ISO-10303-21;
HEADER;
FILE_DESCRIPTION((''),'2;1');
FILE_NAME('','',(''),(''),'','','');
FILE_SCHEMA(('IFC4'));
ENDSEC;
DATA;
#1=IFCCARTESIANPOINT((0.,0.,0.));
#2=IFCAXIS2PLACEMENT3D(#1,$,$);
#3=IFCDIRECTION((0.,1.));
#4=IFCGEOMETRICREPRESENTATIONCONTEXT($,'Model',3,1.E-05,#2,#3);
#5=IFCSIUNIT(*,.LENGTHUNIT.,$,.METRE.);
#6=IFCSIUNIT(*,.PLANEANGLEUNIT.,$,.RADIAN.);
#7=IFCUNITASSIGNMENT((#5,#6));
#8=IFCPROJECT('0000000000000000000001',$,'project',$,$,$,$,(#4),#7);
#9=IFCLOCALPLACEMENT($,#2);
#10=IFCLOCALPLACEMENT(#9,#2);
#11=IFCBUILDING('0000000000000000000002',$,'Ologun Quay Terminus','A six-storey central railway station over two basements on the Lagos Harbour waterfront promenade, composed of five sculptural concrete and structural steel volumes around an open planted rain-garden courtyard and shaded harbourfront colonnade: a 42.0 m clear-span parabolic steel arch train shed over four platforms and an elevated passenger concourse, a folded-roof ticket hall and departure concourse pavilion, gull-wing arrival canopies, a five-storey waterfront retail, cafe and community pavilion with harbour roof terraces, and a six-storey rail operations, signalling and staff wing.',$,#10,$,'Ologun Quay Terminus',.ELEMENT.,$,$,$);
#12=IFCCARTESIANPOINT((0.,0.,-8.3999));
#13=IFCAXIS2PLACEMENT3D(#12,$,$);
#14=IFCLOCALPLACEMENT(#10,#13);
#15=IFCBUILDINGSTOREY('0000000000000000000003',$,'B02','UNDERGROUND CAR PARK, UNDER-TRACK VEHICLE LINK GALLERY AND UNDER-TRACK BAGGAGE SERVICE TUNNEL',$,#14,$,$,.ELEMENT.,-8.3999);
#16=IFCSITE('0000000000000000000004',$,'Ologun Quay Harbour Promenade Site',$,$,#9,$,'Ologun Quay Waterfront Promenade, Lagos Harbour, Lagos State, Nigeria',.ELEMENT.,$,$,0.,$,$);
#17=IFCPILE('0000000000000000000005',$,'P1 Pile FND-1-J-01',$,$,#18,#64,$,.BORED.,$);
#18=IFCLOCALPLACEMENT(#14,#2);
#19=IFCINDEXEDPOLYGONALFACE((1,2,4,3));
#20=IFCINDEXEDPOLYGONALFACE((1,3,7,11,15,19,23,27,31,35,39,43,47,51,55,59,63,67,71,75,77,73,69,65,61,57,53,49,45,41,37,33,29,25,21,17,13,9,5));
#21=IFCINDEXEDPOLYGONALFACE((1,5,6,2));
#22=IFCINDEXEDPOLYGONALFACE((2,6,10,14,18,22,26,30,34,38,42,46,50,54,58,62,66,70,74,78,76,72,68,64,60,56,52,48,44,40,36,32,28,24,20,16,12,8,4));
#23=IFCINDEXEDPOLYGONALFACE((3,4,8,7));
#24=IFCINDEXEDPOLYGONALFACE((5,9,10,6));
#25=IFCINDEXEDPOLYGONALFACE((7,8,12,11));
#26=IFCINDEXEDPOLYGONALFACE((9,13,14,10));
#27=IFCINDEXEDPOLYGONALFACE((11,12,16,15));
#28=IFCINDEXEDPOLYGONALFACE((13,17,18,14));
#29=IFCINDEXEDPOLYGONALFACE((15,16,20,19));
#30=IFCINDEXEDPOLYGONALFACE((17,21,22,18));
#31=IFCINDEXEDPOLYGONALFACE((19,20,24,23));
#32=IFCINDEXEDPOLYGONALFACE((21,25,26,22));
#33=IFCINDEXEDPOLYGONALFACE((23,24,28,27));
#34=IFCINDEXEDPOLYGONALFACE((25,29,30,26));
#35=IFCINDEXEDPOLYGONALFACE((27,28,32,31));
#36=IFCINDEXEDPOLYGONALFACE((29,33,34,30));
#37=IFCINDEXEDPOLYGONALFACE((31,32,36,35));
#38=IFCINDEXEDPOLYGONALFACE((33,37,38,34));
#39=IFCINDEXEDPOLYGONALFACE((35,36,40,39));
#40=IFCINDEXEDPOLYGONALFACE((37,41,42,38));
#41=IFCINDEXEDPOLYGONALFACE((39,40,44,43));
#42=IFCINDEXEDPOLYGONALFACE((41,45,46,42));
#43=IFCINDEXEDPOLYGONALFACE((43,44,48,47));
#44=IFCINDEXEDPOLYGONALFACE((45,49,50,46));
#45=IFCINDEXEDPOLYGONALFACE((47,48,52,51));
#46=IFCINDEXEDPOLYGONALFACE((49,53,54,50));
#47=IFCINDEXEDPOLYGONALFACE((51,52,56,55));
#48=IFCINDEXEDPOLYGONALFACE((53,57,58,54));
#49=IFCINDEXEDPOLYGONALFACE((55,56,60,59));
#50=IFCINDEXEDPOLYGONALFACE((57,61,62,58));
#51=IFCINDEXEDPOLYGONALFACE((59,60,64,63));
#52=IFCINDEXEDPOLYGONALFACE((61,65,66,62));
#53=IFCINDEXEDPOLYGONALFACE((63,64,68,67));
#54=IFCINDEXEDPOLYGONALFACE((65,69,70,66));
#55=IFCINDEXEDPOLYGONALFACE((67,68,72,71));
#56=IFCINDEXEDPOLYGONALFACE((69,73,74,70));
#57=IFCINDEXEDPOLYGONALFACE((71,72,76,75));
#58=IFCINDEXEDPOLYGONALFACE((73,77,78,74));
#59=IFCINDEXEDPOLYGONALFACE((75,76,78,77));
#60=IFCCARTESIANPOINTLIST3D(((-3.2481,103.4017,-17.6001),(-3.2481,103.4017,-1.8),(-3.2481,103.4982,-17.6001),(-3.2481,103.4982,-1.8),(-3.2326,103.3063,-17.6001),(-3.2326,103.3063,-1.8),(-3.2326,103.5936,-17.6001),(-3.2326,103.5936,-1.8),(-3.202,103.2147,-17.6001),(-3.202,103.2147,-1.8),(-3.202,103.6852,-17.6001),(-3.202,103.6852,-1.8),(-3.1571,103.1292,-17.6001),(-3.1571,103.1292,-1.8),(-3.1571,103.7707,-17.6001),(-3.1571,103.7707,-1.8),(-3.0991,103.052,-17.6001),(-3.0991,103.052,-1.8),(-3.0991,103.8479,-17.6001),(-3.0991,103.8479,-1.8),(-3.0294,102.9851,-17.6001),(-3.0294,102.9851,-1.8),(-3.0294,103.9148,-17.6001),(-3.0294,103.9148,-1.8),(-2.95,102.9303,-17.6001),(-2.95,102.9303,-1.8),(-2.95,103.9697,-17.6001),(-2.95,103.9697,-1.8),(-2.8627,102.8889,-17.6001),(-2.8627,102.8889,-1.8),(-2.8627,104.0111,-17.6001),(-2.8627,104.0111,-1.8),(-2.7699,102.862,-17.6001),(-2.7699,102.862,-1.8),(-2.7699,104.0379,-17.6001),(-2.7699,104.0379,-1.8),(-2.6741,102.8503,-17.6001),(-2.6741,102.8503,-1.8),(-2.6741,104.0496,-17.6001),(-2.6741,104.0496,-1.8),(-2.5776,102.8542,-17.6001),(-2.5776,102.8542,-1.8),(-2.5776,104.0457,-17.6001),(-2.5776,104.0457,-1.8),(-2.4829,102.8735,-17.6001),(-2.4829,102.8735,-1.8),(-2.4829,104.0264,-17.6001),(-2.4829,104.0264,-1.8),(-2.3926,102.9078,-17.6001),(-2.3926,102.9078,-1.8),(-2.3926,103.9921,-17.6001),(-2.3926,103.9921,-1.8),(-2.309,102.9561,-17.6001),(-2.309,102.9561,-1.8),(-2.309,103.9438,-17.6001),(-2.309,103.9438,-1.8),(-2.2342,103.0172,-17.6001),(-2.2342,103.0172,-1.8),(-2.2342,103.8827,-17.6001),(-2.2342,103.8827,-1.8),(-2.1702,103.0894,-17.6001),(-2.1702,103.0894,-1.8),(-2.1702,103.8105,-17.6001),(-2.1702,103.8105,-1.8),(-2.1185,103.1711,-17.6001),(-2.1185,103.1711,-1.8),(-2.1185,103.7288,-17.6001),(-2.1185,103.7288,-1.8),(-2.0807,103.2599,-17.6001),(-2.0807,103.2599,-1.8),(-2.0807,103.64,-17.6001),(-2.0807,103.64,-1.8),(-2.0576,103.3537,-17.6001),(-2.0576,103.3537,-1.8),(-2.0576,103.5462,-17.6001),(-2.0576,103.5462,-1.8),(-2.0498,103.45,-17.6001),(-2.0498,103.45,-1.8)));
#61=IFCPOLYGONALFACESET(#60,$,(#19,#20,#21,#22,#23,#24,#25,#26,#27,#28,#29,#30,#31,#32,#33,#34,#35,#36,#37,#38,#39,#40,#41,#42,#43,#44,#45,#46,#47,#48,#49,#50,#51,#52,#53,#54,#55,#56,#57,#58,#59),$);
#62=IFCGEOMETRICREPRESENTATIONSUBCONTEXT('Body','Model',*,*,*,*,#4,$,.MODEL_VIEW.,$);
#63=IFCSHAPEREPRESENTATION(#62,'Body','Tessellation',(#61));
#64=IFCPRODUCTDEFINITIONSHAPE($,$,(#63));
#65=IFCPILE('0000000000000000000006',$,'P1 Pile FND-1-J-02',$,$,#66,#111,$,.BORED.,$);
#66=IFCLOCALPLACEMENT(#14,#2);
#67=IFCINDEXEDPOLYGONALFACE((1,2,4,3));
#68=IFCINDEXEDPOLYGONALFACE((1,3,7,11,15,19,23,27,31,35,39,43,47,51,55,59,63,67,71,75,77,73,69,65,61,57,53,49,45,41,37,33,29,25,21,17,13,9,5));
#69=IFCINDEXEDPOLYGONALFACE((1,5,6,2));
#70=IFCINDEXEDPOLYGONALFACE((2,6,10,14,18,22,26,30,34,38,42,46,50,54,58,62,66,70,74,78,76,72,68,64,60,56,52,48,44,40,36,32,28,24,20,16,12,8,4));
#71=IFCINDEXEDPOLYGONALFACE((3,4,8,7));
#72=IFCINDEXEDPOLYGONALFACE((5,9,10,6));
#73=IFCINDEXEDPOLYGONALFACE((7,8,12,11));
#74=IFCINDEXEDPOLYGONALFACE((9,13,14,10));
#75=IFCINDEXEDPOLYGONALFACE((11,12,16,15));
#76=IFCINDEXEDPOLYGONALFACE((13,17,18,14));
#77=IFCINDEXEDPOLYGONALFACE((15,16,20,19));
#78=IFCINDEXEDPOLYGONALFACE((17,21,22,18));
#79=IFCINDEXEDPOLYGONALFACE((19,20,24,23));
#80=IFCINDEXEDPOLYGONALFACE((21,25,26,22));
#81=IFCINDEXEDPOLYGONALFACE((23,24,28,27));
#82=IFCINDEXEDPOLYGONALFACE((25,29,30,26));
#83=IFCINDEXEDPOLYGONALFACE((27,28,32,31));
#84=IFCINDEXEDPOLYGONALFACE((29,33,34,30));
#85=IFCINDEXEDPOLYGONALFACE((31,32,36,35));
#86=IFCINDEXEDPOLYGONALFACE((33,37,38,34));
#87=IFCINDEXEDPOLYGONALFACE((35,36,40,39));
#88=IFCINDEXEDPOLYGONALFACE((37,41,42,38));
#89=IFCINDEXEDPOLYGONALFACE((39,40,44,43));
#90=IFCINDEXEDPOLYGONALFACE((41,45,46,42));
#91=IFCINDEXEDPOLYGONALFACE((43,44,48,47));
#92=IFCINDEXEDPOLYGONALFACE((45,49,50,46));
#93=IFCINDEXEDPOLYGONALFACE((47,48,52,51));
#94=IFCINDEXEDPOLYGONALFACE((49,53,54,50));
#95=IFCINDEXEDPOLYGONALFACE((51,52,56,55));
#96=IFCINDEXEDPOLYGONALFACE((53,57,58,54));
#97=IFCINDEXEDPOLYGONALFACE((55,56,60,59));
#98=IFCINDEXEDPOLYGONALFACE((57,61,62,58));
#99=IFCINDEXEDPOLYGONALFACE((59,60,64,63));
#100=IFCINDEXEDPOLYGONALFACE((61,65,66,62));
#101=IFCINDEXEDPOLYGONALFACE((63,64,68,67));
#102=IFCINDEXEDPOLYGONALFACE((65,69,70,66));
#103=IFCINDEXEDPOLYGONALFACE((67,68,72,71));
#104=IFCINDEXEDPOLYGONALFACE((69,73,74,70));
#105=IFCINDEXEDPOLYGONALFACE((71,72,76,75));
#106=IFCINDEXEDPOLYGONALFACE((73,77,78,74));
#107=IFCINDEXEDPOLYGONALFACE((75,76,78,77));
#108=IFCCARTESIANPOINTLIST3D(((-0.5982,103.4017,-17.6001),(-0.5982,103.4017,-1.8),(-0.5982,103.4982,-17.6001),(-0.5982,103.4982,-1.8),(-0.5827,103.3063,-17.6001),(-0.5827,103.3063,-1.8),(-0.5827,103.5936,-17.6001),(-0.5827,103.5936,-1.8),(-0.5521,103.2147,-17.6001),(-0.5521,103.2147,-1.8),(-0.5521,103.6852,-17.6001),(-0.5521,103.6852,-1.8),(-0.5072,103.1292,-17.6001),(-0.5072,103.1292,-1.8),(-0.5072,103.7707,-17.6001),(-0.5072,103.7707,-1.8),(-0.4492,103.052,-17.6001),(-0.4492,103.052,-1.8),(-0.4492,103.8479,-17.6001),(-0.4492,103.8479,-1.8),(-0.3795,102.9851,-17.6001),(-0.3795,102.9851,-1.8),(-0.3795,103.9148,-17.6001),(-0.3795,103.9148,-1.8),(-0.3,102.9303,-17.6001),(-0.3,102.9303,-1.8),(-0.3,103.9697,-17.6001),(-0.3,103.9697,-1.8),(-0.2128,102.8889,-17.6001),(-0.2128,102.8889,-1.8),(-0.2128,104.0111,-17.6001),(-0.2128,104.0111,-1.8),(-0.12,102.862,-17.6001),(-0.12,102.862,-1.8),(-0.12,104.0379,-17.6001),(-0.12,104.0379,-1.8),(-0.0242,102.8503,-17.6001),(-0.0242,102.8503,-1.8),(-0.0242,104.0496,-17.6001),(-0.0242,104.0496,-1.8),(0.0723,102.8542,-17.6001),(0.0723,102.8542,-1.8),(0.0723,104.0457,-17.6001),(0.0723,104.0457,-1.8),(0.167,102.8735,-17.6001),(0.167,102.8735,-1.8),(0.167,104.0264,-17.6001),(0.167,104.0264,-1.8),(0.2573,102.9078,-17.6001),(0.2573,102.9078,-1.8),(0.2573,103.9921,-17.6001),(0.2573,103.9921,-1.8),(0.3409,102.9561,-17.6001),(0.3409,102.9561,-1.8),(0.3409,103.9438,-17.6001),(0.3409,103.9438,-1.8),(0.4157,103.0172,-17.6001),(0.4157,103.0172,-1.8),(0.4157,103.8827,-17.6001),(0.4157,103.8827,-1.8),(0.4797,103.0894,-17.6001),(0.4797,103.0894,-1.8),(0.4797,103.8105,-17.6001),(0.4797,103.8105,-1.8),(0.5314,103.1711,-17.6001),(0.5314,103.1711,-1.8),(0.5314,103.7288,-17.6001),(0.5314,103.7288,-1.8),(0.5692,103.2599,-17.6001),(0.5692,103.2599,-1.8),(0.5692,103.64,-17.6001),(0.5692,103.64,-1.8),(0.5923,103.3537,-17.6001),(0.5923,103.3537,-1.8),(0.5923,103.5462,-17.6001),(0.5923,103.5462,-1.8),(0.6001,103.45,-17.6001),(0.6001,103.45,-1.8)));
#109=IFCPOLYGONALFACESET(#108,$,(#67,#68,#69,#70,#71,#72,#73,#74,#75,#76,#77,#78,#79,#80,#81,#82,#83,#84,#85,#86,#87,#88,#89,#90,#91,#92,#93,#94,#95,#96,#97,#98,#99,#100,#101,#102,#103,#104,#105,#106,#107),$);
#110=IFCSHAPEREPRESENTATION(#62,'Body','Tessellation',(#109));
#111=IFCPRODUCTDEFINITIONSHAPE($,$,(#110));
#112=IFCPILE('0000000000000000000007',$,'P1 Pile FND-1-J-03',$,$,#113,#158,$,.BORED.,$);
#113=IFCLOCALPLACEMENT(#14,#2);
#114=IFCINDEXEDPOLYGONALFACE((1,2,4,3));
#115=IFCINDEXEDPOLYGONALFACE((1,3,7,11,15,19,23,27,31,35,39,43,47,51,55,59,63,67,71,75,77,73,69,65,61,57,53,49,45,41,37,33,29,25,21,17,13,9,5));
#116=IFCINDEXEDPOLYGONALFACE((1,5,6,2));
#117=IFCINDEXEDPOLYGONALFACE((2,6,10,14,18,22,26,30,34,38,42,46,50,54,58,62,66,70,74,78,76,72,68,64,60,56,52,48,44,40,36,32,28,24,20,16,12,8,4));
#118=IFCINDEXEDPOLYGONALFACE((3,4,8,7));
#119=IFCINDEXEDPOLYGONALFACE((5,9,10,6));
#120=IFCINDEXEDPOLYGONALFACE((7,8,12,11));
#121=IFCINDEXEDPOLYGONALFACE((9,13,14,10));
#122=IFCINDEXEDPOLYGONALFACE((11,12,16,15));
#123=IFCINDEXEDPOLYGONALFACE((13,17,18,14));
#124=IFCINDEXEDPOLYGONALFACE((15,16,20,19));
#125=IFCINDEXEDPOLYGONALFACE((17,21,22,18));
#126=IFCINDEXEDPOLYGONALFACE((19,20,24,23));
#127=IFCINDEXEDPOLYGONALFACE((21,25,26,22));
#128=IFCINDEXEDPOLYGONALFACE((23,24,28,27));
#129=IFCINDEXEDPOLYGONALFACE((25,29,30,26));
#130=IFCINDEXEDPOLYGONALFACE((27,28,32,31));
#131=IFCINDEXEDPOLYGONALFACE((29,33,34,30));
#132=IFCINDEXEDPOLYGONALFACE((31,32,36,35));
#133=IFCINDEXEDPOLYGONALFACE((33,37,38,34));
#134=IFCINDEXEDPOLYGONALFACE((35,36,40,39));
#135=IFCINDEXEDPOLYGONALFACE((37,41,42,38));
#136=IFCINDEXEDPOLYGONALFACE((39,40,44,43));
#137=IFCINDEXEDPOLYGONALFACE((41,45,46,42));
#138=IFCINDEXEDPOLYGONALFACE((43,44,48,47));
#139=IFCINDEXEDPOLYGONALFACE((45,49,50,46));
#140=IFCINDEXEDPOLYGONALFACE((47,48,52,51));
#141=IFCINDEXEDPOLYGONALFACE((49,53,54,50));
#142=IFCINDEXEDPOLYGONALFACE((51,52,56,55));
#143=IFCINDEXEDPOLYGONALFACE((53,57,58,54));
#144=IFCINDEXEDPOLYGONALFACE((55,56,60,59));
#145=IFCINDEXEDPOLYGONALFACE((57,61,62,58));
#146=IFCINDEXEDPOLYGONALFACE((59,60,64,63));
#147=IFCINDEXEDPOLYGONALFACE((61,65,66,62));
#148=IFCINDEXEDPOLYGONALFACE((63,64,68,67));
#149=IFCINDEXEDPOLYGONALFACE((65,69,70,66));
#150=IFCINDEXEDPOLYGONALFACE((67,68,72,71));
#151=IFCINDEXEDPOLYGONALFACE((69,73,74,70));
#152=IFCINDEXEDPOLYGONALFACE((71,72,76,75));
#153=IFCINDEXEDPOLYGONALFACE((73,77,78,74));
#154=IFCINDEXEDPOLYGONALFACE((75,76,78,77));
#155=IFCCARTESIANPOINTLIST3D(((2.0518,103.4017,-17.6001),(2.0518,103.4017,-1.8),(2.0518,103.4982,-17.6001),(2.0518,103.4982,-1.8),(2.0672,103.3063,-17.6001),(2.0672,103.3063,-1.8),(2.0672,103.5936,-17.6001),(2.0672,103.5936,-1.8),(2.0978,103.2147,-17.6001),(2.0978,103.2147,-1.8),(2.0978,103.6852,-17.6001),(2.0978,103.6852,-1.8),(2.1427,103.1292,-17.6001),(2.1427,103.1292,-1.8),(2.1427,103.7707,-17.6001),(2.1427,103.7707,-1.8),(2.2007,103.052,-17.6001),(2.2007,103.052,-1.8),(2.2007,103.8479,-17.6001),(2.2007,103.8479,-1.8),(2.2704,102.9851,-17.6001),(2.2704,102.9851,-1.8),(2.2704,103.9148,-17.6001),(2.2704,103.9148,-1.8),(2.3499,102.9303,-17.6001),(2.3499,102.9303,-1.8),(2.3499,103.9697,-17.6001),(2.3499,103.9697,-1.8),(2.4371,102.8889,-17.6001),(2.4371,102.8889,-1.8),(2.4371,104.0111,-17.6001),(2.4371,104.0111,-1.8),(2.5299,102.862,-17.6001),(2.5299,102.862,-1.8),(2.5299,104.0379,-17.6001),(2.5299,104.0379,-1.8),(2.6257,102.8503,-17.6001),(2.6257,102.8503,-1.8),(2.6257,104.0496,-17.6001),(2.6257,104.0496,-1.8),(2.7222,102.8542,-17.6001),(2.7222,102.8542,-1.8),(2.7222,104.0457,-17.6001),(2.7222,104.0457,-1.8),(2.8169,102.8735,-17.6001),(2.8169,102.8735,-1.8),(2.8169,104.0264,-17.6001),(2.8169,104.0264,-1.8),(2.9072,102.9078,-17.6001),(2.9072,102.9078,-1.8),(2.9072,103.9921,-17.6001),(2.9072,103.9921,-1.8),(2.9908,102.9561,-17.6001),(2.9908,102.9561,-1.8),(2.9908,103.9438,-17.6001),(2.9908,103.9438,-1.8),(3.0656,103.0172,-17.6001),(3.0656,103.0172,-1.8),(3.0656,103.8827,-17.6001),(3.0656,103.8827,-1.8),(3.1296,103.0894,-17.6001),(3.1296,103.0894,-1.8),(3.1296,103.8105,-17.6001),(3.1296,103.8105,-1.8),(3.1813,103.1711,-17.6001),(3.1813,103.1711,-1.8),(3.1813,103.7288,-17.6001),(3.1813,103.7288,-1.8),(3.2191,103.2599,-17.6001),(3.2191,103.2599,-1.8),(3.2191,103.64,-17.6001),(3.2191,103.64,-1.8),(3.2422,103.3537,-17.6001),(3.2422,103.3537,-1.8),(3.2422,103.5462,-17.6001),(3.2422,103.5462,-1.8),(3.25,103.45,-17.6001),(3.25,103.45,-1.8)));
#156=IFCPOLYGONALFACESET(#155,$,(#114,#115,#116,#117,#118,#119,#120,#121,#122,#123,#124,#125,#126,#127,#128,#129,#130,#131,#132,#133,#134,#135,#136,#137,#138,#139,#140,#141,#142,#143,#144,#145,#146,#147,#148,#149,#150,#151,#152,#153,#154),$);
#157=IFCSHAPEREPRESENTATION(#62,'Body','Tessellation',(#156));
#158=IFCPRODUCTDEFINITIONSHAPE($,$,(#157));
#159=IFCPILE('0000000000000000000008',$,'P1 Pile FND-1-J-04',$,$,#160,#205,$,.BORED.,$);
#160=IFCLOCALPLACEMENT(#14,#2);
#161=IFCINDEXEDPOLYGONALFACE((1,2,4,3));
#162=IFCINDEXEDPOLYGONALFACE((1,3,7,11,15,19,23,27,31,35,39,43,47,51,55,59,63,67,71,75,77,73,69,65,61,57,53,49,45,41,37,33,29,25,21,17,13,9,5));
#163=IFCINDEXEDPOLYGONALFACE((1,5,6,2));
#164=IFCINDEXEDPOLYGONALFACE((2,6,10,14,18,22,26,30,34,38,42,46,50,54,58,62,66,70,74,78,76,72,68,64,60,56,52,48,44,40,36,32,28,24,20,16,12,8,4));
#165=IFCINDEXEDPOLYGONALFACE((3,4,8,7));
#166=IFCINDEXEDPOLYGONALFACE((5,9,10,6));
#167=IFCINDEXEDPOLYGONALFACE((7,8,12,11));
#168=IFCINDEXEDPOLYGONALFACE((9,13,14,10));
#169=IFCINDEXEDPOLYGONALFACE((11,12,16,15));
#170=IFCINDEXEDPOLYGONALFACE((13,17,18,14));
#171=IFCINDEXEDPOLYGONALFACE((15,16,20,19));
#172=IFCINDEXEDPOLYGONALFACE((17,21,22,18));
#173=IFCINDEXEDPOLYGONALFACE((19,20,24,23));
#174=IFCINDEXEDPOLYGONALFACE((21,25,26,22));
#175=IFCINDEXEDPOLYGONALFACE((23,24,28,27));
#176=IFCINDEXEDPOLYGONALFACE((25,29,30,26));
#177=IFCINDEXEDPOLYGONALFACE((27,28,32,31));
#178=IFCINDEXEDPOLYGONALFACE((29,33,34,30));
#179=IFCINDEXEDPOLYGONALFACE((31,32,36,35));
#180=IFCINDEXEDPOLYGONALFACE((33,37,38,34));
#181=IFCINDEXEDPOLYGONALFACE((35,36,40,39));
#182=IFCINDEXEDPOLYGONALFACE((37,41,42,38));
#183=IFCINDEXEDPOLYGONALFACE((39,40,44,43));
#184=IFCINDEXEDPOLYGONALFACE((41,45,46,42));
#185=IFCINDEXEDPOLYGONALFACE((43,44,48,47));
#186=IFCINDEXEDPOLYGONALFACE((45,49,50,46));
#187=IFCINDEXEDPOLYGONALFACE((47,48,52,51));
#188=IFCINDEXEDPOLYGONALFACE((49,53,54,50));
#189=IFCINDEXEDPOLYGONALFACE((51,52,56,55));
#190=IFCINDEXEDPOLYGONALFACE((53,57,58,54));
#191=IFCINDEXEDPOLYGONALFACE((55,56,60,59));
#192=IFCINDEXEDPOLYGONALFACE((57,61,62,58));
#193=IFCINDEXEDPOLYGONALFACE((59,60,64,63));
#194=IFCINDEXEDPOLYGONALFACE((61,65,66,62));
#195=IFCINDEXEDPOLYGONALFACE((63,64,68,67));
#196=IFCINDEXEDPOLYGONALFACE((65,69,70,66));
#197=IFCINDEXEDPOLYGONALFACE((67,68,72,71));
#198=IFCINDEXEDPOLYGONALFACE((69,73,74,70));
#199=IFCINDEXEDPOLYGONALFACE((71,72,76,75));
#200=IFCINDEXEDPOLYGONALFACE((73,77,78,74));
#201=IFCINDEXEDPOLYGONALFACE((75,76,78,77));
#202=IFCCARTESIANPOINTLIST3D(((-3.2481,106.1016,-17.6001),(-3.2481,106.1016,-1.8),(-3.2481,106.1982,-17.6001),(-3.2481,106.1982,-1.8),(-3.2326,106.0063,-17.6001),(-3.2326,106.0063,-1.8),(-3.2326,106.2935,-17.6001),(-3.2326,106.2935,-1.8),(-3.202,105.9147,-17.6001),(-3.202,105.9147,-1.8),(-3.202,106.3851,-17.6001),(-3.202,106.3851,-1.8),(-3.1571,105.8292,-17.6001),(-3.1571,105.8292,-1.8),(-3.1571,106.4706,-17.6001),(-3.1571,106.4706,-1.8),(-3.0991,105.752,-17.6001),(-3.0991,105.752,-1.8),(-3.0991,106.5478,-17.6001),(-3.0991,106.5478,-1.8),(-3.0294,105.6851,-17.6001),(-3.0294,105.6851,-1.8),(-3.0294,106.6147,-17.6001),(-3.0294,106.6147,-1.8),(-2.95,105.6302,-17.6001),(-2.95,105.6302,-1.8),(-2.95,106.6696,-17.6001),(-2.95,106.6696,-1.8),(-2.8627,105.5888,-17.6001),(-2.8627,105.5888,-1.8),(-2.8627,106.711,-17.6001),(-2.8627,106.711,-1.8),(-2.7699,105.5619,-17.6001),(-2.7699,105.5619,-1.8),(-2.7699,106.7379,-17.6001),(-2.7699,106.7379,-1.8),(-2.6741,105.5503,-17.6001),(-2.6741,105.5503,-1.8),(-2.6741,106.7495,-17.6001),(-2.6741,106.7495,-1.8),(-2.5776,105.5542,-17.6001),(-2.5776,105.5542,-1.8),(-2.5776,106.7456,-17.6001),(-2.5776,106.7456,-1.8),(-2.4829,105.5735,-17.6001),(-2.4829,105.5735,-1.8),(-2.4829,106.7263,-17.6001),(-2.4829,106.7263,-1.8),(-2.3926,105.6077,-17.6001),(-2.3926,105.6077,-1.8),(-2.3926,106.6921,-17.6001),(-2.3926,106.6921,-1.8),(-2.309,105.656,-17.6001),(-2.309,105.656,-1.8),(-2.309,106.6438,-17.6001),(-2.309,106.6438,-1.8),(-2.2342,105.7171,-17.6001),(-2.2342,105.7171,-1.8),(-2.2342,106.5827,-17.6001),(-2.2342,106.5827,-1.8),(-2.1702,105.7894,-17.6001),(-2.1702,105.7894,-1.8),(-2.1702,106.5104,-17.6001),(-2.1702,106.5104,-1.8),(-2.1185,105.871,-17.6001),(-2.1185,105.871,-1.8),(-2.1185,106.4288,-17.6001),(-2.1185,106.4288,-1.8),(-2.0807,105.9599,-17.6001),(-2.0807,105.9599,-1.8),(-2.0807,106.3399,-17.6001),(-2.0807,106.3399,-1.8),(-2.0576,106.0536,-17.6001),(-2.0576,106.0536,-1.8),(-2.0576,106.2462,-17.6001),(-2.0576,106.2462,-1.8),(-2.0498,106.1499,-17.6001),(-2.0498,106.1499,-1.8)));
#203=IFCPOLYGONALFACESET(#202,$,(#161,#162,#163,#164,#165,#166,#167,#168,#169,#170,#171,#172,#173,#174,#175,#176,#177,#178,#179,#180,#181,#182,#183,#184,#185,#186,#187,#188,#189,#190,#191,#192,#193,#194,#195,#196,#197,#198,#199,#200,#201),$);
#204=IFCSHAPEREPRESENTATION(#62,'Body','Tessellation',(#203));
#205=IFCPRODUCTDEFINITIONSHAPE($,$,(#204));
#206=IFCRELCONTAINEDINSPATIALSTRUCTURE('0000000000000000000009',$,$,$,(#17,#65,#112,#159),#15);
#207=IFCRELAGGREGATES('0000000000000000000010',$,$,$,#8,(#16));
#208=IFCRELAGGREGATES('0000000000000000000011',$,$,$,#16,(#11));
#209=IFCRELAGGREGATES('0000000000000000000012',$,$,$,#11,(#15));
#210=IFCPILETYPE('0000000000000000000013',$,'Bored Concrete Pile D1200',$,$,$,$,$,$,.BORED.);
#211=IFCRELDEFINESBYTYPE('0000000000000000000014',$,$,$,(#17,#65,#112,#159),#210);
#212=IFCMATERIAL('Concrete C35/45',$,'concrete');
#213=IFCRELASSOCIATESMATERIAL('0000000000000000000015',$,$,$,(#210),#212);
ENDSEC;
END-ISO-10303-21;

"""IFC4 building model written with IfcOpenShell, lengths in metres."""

from ifc_helpers import new_model, si_unit, direction, frame, origin, origin_2d, place, context, subcontext, project, spatial, circle, extrude, material, material_profile, profile_set, type_object, element, save


model = new_model("IFC4")

# Units and contexts
model_context = context("Model", 3, precision=1e-05, world=origin(), true_north=direction((0.0, 1.0)))
body_context = subcontext(model_context, "Body", "Model", "MODEL_VIEW")
ifc_project = project(units=[si_unit("LENGTHUNIT", "METRE"), si_unit("PLANEANGLEUNIT", "RADIAN")], contexts=[model_context])

# Site, building, storey
site_placement = place(None, origin())
site = spatial("IfcSite", under=ifc_project, at=site_placement, Name="Ologun Quay Harbour Promenade Site", LongName="Ologun Quay Waterfront Promenade, Lagos Harbour, Lagos State, Nigeria", CompositionType="ELEMENT", RefElevation=0.0)
building_placement = place(site_placement, origin())
building = spatial("IfcBuilding", under=site, at=building_placement, Name="Ologun Quay Terminus", Description="A six-storey central railway station over two basements on the Lagos Harbour waterfront promenade, composed of five sculptural concrete and structural steel volumes around an open planted rain-garden courtyard and shaded harbourfront colonnade: a 42.0 m clear-span parabolic steel arch train shed over four platforms and an elevated passenger concourse, a folded-roof ticket hall and departure concourse pavilion, gull-wing arrival canopies, a five-storey waterfront retail, cafe and community pavilion with harbour roof terraces, and a six-storey rail operations, signalling and staff wing.", LongName="Ologun Quay Terminus", CompositionType="ELEMENT")
storey_placement = place(building_placement, frame((0.0, 0.0, -8.3999)))
storey = spatial("IfcBuildingStorey", under=building, at=storey_placement, Name="B02", Description="UNDERGROUND CAR PARK, UNDER-TRACK VEHICLE LINK GALLERY AND UNDER-TRACK BAGGAGE SERVICE TUNNEL", CompositionType="ELEMENT", Elevation=-8.3999)

# Piles
ifc_material_1 = material(Name="Concrete C35/45", Category="concrete")
ifc_material_profile_1 = material_profile(ifc_material_1, circle(Radius=0.6001, at=origin_2d()), Name="PILE D1200")
ifc_profile_set_1 = profile_set([ifc_material_profile_1], Name="Concrete C35/45")
pile_type = type_object("IfcPileType", Name="Bored Concrete Pile D1200", PredefinedType="BORED", material=ifc_profile_set_1)
for number, where, z_axis, x_axis, name in (
    (1, (-2.6499, 103.45, -1.8), (0.0, 0.0, -1.0), (1.0, 0.0, 0.0), "P1 Pile FND-1-J-01"),
    (2, (0.0, 103.45, -1.8), (0.0, 0.0, -1.0), (1.0, 0.0, 0.0), "P1 Pile FND-1-J-02"),
    (3, (2.6499, 103.45, -1.8), (0.0, 0.0, -1.0), (1.0, 0.0, 0.0), "P1 Pile FND-1-J-03"),
    (4, (-2.6499, 106.1499, -1.8), (0.0, 0.0, -1.0), (1.0, 0.0, 0.0), "P1 Pile FND-1-J-04"),
):
    element("IfcPile", number, at=place(storey_placement, frame(where, z_axis=z_axis, x_axis=x_axis)), inside=storey, type_object=pile_type, Name=name, PredefinedType="BORED", context=body_context, shape_type="SweptSolid", body=[
        extrude(circle(Radius=0.6001, at=origin_2d()), origin(), (0.0, 0.0, 1.0), 15.8),
    ])

save(model, "model.ifc")
